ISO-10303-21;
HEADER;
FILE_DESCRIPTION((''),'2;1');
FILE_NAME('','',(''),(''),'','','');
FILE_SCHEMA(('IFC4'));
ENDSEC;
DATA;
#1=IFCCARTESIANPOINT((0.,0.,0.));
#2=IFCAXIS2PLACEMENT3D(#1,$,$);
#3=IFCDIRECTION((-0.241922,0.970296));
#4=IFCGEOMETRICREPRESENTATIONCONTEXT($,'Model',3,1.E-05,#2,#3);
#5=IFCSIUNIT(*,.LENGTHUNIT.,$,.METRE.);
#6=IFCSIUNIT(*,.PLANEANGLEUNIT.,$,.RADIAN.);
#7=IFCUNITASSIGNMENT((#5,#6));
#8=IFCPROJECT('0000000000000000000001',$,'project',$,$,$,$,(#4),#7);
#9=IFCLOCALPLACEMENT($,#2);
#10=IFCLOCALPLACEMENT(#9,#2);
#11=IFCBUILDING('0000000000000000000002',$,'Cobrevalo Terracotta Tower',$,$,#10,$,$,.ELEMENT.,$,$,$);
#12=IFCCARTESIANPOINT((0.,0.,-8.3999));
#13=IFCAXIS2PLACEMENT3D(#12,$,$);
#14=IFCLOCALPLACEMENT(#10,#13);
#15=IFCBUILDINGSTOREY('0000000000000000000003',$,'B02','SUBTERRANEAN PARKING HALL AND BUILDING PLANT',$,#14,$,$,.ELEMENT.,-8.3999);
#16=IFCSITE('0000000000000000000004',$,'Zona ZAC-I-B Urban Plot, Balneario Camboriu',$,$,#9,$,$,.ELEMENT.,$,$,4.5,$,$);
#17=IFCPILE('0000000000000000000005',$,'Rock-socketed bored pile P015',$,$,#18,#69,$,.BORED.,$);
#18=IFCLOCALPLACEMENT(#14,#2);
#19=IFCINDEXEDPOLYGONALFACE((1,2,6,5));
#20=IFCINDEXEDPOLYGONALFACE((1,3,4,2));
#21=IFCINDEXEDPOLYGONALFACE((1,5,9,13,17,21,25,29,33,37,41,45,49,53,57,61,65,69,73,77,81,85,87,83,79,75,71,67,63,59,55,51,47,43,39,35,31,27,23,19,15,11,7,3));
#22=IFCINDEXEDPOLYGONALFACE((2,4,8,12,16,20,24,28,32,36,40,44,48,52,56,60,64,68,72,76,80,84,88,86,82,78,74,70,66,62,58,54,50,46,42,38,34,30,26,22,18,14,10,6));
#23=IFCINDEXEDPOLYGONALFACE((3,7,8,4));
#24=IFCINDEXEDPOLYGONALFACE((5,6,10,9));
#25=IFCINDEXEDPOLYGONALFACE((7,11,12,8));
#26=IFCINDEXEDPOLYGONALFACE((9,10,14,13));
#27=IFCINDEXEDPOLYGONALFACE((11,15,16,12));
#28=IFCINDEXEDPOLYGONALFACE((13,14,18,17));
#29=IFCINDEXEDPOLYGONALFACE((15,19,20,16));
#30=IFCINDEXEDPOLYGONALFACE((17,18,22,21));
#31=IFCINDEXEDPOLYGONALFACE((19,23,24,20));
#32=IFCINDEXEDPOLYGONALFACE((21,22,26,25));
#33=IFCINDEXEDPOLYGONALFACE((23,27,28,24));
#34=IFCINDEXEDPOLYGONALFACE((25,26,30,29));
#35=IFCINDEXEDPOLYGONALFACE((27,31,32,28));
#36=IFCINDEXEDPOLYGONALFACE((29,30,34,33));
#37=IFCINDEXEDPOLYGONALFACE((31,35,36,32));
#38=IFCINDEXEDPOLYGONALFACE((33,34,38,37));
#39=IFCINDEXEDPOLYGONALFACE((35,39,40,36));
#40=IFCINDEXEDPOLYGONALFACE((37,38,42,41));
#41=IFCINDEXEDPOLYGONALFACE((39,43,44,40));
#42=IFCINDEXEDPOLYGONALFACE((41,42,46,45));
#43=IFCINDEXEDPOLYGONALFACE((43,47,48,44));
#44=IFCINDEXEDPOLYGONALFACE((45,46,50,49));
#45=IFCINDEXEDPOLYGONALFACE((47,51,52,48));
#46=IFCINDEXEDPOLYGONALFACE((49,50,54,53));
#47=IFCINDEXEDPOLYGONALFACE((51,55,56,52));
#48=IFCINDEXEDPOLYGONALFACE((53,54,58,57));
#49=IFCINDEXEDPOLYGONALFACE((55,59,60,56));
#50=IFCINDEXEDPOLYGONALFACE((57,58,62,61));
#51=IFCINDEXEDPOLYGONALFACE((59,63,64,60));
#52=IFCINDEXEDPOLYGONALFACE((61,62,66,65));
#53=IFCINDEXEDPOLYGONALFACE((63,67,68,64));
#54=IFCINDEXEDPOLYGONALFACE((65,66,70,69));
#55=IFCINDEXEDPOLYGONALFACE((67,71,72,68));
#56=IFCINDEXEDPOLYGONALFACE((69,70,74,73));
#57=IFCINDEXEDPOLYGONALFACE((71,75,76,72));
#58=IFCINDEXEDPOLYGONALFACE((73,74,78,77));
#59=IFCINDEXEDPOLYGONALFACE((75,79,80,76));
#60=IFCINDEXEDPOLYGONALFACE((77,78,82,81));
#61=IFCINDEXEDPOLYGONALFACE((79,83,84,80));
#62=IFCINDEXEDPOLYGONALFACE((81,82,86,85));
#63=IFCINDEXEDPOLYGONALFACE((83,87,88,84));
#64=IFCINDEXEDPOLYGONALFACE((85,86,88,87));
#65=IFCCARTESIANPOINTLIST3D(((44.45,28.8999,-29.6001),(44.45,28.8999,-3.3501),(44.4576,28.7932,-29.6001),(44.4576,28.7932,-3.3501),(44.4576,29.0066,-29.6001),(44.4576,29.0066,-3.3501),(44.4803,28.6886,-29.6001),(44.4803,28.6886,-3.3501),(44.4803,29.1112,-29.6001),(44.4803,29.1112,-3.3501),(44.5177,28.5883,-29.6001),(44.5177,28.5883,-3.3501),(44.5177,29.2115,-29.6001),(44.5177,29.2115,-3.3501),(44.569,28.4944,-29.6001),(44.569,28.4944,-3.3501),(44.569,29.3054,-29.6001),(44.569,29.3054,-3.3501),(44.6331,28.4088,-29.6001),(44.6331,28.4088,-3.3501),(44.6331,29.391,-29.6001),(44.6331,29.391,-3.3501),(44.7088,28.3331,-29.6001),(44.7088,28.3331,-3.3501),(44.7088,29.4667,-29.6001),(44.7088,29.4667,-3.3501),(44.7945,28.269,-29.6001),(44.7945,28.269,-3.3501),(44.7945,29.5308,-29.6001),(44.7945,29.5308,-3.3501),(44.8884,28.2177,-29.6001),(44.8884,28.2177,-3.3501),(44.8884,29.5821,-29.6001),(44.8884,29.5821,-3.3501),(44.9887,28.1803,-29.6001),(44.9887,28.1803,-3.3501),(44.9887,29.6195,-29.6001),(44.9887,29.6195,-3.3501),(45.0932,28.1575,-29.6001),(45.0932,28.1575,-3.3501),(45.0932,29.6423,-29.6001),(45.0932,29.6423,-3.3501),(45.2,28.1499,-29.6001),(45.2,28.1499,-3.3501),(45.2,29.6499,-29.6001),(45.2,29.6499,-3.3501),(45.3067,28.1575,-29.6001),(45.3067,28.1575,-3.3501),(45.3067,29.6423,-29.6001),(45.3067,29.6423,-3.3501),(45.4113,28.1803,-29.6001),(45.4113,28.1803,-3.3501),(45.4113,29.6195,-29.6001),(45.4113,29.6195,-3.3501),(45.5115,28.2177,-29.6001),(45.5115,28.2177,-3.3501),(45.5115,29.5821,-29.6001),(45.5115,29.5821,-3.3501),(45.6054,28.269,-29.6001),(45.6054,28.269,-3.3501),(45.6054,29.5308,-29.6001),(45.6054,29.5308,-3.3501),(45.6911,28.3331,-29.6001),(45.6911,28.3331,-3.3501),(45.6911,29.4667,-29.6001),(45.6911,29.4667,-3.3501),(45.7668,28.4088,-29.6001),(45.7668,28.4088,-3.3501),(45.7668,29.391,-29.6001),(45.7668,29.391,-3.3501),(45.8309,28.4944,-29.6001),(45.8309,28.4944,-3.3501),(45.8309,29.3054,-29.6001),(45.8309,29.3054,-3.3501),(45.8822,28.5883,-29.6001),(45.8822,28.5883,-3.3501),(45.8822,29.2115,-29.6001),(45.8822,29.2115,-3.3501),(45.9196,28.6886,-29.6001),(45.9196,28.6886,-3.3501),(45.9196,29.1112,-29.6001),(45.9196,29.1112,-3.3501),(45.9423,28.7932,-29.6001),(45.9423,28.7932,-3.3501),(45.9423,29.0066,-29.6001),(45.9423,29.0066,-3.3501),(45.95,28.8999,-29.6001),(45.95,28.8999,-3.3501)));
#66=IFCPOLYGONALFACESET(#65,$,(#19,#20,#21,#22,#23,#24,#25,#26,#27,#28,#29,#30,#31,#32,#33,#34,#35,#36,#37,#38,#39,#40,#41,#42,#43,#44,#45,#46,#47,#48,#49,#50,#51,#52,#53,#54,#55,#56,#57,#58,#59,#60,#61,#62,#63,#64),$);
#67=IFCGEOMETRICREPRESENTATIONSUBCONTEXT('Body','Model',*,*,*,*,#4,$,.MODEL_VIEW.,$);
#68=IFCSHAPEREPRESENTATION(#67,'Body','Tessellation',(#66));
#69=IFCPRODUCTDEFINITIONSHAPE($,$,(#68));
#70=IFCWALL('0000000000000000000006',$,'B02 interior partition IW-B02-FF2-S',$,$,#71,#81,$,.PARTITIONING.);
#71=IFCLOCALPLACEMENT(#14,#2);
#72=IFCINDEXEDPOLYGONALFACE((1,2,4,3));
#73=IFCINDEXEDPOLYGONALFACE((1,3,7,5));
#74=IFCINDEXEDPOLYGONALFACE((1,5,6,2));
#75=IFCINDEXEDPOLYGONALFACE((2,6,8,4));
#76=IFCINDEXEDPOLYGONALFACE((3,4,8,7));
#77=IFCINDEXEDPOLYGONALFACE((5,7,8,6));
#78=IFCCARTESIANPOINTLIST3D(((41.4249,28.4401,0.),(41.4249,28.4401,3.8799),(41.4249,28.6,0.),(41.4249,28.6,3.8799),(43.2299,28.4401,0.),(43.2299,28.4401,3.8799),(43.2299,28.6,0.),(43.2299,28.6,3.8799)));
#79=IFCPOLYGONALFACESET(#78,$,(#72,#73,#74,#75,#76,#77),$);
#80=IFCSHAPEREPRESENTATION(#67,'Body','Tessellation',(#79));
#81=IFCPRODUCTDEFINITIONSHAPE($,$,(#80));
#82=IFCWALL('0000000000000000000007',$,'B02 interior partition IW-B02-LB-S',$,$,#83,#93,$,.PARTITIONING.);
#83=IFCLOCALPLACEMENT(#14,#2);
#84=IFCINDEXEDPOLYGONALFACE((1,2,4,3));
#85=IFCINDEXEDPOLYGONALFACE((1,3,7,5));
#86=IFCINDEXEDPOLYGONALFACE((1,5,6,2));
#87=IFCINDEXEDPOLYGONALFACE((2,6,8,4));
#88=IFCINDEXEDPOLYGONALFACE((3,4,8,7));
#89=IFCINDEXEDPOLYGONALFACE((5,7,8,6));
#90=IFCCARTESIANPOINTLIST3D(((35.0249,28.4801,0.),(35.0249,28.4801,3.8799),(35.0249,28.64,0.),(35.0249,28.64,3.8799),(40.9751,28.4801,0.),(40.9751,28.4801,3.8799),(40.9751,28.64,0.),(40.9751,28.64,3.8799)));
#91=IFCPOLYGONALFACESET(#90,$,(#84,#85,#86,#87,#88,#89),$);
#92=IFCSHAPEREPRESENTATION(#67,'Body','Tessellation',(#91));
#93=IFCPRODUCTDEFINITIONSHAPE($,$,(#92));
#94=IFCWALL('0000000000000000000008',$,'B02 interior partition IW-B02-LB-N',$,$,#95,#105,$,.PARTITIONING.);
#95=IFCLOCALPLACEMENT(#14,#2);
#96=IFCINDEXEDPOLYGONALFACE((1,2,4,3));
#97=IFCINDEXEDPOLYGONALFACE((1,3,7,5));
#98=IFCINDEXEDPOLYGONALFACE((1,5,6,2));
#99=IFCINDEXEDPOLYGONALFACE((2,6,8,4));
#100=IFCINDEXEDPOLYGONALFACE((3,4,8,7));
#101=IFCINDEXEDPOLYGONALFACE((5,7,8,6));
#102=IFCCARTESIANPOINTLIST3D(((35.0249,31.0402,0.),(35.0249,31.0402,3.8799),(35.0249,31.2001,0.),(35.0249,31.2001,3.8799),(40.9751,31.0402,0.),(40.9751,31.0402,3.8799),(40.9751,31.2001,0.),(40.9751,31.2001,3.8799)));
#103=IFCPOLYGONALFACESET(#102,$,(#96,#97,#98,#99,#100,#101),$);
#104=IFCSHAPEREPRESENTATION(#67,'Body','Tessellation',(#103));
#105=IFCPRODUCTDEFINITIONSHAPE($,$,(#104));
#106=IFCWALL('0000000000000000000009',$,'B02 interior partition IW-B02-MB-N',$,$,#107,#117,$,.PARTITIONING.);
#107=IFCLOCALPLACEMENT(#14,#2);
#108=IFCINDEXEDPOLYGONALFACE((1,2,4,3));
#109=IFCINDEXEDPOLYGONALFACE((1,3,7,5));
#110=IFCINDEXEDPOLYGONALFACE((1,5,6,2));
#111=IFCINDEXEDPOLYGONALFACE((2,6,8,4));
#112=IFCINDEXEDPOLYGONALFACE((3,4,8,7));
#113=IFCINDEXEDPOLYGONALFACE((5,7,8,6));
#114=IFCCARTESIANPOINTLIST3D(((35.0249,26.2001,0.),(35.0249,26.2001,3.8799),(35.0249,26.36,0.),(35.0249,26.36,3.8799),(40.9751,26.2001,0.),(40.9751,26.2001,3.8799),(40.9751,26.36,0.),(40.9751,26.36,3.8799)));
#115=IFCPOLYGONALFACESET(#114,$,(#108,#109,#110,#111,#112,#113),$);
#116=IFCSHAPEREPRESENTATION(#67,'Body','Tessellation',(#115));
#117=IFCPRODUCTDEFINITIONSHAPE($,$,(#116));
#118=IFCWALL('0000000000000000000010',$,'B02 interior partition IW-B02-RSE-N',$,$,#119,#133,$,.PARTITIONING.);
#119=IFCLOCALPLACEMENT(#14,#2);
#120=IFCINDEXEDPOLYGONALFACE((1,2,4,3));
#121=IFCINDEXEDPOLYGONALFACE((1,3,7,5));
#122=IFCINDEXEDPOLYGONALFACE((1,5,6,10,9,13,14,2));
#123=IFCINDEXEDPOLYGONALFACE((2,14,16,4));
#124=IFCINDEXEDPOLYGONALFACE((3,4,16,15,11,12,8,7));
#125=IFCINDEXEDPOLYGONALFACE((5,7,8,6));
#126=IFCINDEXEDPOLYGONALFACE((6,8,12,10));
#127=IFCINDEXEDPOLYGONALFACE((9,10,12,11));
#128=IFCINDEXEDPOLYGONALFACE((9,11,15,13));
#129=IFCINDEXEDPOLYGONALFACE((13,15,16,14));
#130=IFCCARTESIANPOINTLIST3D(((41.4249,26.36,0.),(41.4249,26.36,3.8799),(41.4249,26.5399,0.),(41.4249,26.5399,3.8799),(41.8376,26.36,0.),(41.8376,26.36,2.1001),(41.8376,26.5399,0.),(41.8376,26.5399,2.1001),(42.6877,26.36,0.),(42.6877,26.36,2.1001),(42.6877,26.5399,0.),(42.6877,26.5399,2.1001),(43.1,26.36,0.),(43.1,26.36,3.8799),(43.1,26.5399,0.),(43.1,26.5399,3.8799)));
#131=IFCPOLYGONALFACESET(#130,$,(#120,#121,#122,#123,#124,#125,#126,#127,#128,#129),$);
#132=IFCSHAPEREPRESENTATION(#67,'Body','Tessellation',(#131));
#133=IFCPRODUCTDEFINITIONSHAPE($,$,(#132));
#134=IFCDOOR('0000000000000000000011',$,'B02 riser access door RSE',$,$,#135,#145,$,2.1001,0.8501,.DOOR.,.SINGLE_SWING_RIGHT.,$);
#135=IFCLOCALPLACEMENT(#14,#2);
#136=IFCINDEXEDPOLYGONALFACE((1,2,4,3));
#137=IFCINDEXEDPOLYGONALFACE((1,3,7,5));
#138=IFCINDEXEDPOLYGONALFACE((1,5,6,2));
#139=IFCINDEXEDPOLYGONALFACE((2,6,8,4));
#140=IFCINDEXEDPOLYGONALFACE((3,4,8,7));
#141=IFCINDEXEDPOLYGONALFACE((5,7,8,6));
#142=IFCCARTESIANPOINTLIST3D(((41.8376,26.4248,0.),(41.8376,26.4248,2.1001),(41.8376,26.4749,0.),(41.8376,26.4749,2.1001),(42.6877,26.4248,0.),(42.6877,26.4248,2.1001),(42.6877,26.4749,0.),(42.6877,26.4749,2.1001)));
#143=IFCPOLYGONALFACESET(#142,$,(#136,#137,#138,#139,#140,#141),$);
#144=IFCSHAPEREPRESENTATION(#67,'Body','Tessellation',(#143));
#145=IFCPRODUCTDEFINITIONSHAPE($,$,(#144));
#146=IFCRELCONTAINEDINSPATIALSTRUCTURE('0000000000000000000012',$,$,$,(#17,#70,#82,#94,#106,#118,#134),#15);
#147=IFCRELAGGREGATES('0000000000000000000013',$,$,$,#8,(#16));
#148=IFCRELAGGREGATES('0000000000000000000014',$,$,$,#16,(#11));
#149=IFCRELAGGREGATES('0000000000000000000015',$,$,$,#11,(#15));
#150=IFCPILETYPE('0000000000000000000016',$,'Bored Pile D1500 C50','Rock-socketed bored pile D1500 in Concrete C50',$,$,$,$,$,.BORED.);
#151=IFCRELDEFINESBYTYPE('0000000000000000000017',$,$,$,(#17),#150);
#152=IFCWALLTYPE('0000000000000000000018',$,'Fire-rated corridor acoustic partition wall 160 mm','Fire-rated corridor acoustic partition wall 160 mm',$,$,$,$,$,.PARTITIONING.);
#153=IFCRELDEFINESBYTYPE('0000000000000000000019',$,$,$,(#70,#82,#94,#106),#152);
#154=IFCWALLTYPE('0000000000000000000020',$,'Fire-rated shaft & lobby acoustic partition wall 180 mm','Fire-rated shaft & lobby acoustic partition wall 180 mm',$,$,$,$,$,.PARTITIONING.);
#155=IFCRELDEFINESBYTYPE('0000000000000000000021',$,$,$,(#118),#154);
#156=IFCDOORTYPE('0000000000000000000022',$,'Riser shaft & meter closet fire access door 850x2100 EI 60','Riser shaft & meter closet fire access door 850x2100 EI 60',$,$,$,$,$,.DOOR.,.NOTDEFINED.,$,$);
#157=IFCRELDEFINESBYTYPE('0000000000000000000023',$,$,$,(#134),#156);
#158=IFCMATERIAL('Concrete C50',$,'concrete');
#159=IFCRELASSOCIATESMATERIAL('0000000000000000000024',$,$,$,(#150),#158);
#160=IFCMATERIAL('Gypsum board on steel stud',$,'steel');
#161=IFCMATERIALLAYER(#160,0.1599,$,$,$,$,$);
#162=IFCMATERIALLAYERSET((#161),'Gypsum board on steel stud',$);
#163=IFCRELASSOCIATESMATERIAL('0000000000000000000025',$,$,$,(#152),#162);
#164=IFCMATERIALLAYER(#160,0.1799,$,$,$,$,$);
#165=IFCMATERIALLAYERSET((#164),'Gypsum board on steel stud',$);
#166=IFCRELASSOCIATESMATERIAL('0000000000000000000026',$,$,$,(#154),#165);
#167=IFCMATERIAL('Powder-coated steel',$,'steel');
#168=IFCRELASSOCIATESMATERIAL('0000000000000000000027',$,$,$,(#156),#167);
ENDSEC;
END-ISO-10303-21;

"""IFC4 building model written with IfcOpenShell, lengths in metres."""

from ifc_helpers import new_model, si_unit, direction, frame, frame_2d, origin, origin_2d, place, context, subcontext, project, spatial, rectangle, circle, extrude, source, transform, mapped, material, layer, layer_set, material_profile, profile_set, type_object, element, fill, save


model = new_model("IFC4")

# Units and contexts
model_context = context("Model", 3, precision=1e-05, world=origin(), true_north=direction((-0.241922, 0.970296)))
body_context = subcontext(model_context, "Body", "Model", "MODEL_VIEW")
ifc_project = project(units=[si_unit("LENGTHUNIT", "METRE"), si_unit("PLANEANGLEUNIT", "RADIAN")], contexts=[model_context])

# Site, building, storey
site_placement = place(None, origin())
site = spatial("IfcSite", under=ifc_project, at=site_placement, Name="Zona ZAC-I-B Urban Plot, Balneario Camboriu", CompositionType="ELEMENT", RefElevation=4.5)
building_placement = place(site_placement, origin())
building = spatial("IfcBuilding", under=site, at=building_placement, Name="Cobrevalo Terracotta Tower", CompositionType="ELEMENT")
storey_placement = place(building_placement, frame((0.0, 0.0, -8.3999)))
storey = spatial("IfcBuildingStorey", under=building, at=storey_placement, Name="B02", Description="SUBTERRANEAN PARKING HALL AND BUILDING PLANT", CompositionType="ELEMENT", Elevation=-8.3999)

# Pile
ifc_material_1 = material(Name="Concrete C50", Category="concrete")
ifc_material_profile = material_profile(ifc_material_1, circle(Radius=0.75, at=origin_2d()), Name="PILE D1500")
ifc_profile_set = profile_set([ifc_material_profile], Name="Concrete C50")
pile_type = type_object("IfcPileType", Name="Bored Pile D1500 C50", Description="Rock-socketed bored pile D1500 in Concrete C50", PredefinedType="BORED", material=ifc_profile_set)
for number, where, z_axis, x_axis, name in (
    (1, (45.2, 28.8999, -3.3501), (0.0, 0.0, -1.0), (1.0, 0.0, 0.0), "Rock-socketed bored pile P015"),
):
    element("IfcPile", number, at=place(storey_placement, frame(where, z_axis=z_axis, x_axis=x_axis)), inside=storey, type_object=pile_type, Name=name, PredefinedType="BORED", context=body_context, shape_type="SweptSolid", body=[
        extrude(circle(Radius=0.75, at=origin_2d()), origin(), (0.0, 0.0, 1.0), 26.25),
    ])

# Walls
ifc_material_2 = material(Name="Gypsum board on steel stud", Category="steel")
ifc_layer_1 = layer(ifc_material_2, 0.1599)
ifc_layer_set_1 = layer_set([ifc_layer_1], Name="Gypsum board on steel stud")
wall_type_1 = type_object("IfcWallType", Name="Fire-rated corridor acoustic partition wall 160 mm", Description="Fire-rated corridor acoustic partition wall 160 mm", PredefinedType="PARTITIONING", material=ifc_layer_set_1)
wall_1_placement = place(storey_placement, frame((41.425, 28.52, 0.0), z_axis=(0.0, 0.0, 1.0), x_axis=(1.0, 0.0, 0.0)))
element("IfcWall", 2, at=wall_1_placement, inside=storey, type_object=wall_type_1, Name="B02 interior partition IW-B02-FF2-S", PredefinedType="PARTITIONING", context=body_context, shape_type="SweptSolid", body=[
    extrude(rectangle(XDim=1.8049, YDim=0.1599, at=frame_2d((0.9023, 0.0))), origin(), (0.0, 0.0, 1.0), 3.8799),
])
for number, where, z_axis, x_axis, name in (
    (3, (35.0249, 28.5601, 0.0), (0.0, 0.0, 1.0), (1.0, 0.0, 0.0), "B02 interior partition IW-B02-LB-S"),
    (4, (35.0249, 31.1201, 0.0), (0.0, 0.0, 1.0), (1.0, 0.0, 0.0), "B02 interior partition IW-B02-LB-N"),
    (5, (35.0249, 26.28, 0.0), (0.0, 0.0, 1.0), (1.0, 0.0, 0.0), "B02 interior partition IW-B02-MB-N"),
):
    element("IfcWall", number, at=place(storey_placement, frame(where, z_axis=z_axis, x_axis=x_axis)), inside=storey, type_object=wall_type_1, Name=name, PredefinedType="PARTITIONING", context=body_context, shape_type="SweptSolid", body=[
        extrude(rectangle(XDim=5.9502, YDim=0.1599, at=frame_2d((2.9751, 0.0))), origin(), (0.0, 0.0, 1.0), 3.8799),
    ])

# Wall, opening, door
ifc_layer_2 = layer(ifc_material_2, 0.1799)
ifc_layer_set_2 = layer_set([ifc_layer_2], Name="Gypsum board on steel stud")
wall_type_2 = type_object("IfcWallType", Name="Fire-rated shaft & lobby acoustic partition wall 180 mm", Description="Fire-rated shaft & lobby acoustic partition wall 180 mm", PredefinedType="PARTITIONING", material=ifc_layer_set_2)
wall_2_placement = place(storey_placement, frame((41.425, 26.45, 0.0), z_axis=(0.0, 0.0, 1.0), x_axis=(1.0, 0.0, 0.0)))
wall_2 = element("IfcWall", 6, at=wall_2_placement, inside=storey, type_object=wall_type_2, Name="B02 interior partition IW-B02-RSE-N", PredefinedType="PARTITIONING", context=body_context, shape_type="SweptSolid", body=[
    extrude(rectangle(XDim=1.675, YDim=0.1799, at=frame_2d((0.8374, 0.0))), origin(), (0.0, 0.0, 1.0), 3.8799),
])
opening_1_placement = place(wall_2_placement, frame((0.4126, 0.0, 0.0)))
opening_1 = element("IfcOpeningElement", 7, at=opening_1_placement, cuts=wall_2, PredefinedType="OPENING", context=body_context, shape_type="SweptSolid", body=[
    extrude(rectangle(XDim=0.8501, YDim=2.1001, at=frame_2d((0.425, 1.05))), frame((0.0, 0.1001, 0.0), z_axis=(0.0, -1.0, 0.0), x_axis=(1.0, 0.0, 0.0)), (0.0, 0.0, 1.0), 0.2),
])
ifc_material_3 = material(Name="Powder-coated steel", Category="steel")
door_type_1 = type_object("IfcDoorType", Name="Riser shaft & meter closet fire access door 850x2100 EI 60", Description="Riser shaft & meter closet fire access door 850x2100 EI 60", OperationType="NOTDEFINED", PredefinedType="DOOR", material=ifc_material_3)
shared_shape_1 = source(origin(), body_context, "Body", "SweptSolid", [
    extrude(rectangle(XDim=0.8501, YDim=2.1001, at=frame_2d((0.425, 1.05))), frame((0.0, 0.0249, 0.0), z_axis=(0.0, -1.0, 0.0), x_axis=(1.0, 0.0, 0.0)), (0.0, 0.0, 1.0), 0.05),
])
door_1_placement = place(opening_1_placement, origin())
door_1 = element("IfcDoor", 8, at=door_1_placement, inside=storey, type_object=door_type_1, Name="B02 riser access door RSE", OperationType="SINGLE_SWING_RIGHT", OverallHeight=2.1001, OverallWidth=0.8501, PredefinedType="DOOR", context=body_context, shape_type="MappedRepresentation", body=[
    mapped(shared_shape_1, transform((0.0, 0.0, 0.0), scale=1.0)),
])
fill(opening_1, door_1)

save(model, "model.ifc")
